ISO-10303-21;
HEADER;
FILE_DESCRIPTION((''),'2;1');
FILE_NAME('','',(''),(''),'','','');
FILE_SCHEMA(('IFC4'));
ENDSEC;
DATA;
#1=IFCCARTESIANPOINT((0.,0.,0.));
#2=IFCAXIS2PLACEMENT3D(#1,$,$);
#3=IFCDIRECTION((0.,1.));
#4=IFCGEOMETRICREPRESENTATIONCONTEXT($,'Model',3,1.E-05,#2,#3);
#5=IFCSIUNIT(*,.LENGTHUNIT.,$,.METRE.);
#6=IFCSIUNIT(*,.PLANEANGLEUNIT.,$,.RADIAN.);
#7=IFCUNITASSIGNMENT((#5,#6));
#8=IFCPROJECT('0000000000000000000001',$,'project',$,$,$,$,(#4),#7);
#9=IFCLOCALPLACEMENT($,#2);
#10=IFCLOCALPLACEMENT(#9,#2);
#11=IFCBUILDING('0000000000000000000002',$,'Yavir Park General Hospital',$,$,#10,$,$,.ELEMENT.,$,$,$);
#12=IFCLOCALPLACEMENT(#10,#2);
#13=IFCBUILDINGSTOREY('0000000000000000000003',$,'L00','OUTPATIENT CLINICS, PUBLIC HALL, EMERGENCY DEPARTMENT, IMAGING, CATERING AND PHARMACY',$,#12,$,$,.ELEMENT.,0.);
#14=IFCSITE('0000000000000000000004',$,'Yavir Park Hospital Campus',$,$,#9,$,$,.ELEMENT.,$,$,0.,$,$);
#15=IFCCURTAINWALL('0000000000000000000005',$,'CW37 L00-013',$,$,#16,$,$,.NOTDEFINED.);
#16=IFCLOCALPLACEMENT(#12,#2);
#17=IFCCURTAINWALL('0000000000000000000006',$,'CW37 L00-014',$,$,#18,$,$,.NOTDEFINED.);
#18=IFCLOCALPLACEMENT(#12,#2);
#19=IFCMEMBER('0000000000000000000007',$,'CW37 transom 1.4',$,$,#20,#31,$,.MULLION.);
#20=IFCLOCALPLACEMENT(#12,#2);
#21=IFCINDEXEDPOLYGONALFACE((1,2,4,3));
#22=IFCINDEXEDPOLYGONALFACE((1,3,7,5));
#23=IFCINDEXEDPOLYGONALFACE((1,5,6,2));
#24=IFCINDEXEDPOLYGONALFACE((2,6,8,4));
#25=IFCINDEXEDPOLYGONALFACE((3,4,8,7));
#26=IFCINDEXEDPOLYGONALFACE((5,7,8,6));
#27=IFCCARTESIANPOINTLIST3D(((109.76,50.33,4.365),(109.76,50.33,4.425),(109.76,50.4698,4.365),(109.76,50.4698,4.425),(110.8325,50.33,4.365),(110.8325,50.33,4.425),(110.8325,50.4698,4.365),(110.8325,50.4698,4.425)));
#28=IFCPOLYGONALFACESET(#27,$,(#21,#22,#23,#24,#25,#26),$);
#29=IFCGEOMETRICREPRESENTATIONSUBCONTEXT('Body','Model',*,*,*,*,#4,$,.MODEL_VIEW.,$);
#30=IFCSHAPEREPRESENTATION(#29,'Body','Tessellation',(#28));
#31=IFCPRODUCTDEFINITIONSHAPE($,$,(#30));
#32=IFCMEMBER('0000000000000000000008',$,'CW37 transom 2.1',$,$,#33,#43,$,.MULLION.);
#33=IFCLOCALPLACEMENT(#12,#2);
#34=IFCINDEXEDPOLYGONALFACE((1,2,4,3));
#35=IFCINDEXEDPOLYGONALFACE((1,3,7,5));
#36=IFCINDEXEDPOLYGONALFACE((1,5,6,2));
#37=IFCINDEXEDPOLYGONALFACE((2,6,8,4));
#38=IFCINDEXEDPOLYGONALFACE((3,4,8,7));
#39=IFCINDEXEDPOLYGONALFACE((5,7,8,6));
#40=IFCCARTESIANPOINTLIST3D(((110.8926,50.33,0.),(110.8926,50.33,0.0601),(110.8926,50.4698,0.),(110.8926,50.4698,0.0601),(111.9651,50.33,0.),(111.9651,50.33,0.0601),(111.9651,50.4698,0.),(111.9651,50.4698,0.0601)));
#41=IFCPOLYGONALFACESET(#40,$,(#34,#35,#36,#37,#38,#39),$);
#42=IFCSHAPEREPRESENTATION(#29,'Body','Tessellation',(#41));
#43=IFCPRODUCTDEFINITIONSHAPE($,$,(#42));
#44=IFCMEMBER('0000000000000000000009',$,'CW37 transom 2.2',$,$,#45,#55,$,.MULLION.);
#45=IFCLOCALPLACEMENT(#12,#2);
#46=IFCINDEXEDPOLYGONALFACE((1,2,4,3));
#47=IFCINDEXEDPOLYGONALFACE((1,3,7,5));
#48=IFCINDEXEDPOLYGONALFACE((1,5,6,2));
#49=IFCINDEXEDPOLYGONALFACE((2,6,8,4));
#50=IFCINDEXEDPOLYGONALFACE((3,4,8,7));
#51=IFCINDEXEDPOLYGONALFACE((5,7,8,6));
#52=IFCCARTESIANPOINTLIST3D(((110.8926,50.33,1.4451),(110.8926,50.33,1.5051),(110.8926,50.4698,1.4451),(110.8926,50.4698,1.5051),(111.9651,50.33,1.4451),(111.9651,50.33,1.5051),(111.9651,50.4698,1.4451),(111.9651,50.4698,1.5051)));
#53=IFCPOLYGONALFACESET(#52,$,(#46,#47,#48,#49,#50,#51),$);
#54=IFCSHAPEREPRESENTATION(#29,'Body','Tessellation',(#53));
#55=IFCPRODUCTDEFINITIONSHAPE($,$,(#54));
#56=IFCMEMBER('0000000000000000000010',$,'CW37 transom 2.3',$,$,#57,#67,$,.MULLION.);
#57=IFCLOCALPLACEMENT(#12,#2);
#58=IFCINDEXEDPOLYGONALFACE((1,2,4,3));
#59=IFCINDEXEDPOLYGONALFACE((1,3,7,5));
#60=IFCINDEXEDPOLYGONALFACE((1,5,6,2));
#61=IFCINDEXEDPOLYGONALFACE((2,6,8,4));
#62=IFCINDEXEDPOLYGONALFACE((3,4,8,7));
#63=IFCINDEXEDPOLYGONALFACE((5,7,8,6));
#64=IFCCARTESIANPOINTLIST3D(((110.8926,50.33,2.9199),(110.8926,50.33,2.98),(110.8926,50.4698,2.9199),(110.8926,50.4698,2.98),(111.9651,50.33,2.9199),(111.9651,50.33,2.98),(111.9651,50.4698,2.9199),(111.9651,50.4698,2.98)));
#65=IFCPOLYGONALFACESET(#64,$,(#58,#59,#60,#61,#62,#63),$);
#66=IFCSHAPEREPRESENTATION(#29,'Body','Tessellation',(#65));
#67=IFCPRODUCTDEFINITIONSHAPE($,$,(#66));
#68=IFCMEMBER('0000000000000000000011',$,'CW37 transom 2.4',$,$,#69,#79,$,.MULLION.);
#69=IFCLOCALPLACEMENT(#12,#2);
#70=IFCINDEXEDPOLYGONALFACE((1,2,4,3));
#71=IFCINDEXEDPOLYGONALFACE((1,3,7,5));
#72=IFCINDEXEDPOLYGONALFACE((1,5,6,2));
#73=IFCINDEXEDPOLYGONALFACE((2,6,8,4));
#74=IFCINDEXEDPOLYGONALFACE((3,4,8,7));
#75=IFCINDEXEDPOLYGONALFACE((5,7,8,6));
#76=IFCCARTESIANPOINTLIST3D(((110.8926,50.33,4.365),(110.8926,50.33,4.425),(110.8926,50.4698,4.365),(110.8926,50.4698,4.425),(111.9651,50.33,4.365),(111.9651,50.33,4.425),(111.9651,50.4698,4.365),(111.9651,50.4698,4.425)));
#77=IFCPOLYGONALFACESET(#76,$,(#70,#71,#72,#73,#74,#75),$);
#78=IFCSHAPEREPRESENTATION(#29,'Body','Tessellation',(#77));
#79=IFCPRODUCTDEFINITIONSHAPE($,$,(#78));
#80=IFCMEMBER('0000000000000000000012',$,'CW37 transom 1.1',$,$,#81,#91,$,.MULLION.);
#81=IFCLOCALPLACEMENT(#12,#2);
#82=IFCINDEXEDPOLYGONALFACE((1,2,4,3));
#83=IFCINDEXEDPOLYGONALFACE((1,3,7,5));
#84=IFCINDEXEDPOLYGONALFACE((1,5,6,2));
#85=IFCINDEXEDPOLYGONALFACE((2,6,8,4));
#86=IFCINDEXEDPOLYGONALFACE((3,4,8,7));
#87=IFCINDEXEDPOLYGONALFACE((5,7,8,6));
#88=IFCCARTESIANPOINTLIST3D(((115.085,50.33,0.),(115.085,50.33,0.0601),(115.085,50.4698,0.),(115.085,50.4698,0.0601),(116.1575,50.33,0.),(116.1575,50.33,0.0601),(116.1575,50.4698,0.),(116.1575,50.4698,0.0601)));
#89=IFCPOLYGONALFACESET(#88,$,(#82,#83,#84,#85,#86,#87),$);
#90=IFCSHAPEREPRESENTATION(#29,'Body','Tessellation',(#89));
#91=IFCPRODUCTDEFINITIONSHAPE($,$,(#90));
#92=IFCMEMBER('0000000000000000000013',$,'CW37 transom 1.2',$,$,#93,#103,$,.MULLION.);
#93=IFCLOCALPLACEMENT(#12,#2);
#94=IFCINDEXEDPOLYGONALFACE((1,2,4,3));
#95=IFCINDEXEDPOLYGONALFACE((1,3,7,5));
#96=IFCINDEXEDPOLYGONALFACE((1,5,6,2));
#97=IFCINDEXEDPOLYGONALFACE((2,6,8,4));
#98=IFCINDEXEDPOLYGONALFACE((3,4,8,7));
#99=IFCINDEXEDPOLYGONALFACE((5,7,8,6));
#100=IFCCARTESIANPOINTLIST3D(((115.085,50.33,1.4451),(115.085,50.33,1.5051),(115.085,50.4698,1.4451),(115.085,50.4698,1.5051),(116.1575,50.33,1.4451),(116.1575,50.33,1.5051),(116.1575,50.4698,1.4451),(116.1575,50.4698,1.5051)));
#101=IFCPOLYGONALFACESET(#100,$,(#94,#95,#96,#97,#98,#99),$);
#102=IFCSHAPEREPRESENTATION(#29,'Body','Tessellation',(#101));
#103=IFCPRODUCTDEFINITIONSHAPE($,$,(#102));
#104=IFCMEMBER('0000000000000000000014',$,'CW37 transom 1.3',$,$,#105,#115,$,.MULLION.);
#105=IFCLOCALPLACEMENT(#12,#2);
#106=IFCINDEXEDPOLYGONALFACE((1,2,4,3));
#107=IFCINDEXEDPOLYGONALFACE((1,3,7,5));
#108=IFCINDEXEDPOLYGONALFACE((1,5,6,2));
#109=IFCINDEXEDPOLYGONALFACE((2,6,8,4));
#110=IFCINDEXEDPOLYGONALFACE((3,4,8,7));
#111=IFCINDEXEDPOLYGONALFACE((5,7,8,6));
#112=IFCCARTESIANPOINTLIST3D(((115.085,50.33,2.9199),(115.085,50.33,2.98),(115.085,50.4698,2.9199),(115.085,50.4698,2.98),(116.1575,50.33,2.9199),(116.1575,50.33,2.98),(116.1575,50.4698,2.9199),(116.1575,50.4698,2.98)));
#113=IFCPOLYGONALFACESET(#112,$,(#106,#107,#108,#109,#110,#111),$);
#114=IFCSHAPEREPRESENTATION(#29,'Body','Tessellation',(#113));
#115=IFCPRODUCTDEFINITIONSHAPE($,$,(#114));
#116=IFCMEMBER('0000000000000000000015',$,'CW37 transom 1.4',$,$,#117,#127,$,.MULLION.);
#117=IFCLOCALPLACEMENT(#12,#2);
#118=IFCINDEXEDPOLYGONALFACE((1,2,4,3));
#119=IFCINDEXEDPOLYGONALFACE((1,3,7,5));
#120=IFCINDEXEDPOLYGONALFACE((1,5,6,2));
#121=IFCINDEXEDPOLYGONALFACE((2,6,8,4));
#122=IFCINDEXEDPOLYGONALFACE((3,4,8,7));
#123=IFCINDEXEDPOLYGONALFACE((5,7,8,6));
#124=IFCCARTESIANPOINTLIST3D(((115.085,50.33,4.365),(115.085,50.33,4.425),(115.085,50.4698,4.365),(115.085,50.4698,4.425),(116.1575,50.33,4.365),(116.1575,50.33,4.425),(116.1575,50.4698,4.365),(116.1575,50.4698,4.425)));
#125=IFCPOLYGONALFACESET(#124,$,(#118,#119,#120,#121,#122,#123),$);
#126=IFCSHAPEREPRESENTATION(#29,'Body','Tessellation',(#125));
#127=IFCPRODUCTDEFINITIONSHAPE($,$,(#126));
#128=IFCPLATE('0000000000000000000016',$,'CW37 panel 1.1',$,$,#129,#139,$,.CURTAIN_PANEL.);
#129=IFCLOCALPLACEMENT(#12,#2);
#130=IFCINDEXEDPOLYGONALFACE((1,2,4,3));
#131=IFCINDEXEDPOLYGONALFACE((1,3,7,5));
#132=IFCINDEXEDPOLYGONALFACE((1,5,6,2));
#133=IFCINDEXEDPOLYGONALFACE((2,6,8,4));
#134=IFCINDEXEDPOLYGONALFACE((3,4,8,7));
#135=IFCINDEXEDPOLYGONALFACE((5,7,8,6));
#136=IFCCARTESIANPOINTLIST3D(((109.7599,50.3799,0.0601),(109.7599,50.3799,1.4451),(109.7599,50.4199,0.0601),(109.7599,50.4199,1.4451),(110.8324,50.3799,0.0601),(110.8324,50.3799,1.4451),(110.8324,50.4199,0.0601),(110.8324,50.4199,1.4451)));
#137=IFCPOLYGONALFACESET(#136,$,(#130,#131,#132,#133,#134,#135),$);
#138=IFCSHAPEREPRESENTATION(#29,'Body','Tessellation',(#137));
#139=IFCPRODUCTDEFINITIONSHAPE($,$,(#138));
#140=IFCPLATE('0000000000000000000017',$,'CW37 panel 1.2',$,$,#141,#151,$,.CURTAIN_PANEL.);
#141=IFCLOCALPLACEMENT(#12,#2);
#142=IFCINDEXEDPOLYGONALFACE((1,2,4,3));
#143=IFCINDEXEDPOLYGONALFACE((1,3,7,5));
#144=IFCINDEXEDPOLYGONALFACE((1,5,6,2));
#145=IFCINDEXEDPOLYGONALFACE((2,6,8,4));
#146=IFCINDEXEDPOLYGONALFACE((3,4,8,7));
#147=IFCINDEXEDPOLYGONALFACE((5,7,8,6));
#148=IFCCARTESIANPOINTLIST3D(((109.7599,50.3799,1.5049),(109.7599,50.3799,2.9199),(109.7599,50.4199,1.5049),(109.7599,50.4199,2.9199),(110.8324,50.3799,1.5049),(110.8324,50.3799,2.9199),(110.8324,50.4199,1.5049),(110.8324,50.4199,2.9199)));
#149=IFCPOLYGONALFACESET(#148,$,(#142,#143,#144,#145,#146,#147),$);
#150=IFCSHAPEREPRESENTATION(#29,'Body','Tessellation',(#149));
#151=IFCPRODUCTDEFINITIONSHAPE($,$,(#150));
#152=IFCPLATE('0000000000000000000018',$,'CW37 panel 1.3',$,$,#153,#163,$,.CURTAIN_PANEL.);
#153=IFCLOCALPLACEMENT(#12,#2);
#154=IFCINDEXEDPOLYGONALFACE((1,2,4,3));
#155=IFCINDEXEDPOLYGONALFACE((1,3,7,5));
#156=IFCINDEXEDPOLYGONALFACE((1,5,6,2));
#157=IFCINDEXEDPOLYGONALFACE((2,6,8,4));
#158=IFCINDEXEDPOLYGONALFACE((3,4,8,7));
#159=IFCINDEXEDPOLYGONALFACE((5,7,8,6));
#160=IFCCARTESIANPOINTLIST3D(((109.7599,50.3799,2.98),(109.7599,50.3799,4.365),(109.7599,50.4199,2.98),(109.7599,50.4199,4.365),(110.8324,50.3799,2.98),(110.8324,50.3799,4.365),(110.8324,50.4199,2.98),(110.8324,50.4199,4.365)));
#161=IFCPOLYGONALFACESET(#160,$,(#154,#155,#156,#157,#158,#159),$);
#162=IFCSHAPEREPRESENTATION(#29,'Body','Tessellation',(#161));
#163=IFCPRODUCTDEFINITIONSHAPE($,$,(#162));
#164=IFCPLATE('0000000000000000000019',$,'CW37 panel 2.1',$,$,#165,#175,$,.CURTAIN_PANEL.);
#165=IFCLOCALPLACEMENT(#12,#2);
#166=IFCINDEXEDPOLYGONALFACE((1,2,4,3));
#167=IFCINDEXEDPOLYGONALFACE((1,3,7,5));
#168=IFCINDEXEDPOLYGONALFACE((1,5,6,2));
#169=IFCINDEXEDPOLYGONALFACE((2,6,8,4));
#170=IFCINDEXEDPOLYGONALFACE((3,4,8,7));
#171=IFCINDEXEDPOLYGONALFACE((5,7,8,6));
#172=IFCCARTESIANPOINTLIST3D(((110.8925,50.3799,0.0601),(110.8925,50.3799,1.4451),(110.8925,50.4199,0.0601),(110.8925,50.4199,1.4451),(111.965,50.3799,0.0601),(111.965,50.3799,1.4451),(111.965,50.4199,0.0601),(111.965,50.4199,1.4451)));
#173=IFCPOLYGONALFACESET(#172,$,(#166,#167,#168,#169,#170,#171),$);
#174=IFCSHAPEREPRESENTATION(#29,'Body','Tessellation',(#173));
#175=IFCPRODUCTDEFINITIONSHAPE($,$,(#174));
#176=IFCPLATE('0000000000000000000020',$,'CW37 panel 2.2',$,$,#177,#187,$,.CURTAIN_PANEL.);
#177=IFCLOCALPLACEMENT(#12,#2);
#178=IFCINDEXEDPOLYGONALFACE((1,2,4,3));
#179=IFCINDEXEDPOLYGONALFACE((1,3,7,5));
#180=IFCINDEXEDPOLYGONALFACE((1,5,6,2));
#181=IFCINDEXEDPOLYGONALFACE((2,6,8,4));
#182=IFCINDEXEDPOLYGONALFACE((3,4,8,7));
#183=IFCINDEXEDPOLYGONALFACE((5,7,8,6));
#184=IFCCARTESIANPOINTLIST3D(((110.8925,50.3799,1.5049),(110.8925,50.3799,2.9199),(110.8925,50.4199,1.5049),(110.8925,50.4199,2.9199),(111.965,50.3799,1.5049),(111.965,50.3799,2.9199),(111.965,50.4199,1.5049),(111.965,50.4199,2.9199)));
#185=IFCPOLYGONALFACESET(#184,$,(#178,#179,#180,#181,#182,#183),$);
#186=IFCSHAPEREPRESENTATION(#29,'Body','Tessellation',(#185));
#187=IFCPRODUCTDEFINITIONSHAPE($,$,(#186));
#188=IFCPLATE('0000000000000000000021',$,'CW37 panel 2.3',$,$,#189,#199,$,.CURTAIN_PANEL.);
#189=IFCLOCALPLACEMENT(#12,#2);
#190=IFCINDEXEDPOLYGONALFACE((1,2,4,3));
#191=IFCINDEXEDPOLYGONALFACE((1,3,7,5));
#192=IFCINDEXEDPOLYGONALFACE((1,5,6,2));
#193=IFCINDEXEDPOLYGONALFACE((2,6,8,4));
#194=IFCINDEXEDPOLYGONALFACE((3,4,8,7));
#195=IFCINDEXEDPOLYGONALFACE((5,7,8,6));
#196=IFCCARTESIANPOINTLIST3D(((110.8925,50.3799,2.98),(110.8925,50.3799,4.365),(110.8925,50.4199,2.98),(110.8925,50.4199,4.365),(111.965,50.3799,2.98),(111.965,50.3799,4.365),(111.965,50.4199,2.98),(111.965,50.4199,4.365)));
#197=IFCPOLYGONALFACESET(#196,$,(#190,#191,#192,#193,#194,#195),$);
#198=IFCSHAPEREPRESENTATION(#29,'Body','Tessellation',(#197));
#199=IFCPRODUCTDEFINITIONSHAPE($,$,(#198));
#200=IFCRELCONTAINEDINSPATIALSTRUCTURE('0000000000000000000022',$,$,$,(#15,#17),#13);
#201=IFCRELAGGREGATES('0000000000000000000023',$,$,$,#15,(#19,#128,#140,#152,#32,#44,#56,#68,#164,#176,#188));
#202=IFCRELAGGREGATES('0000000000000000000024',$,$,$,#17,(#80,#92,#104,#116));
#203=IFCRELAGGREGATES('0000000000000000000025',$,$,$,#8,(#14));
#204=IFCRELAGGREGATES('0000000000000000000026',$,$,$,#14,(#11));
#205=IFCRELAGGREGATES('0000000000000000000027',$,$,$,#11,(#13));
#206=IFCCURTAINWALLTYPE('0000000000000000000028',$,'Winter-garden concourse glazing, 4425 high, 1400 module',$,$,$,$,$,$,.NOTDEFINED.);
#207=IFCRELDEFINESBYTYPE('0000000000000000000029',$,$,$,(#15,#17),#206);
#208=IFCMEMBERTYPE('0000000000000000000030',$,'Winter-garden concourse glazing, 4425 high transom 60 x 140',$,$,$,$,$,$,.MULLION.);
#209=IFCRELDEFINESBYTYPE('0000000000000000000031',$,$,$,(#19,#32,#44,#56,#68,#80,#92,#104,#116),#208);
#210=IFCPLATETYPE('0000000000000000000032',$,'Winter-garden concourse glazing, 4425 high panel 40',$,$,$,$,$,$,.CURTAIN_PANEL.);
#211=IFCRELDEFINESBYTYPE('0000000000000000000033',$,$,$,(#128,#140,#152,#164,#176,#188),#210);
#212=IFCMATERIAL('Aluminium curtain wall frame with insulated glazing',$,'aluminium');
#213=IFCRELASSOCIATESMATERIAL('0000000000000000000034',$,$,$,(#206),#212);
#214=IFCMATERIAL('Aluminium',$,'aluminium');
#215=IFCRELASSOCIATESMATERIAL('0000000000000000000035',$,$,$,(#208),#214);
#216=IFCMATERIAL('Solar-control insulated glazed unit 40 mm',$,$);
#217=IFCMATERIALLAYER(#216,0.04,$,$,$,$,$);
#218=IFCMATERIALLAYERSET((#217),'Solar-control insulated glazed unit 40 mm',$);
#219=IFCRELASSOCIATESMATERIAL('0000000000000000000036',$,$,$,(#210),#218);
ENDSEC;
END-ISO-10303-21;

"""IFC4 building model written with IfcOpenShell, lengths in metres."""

from ifc_helpers import new_model, si_unit, direction, frame, origin, origin_2d, place, context, subcontext, project, spatial, rectangle, extrude, material, layer, layer_set, material_profile, profile_set, type_object, element, aggregate, save


model = new_model("IFC4")

# Units and contexts
model_context = context("Model", 3, precision=1e-05, world=origin(), true_north=direction((0.0, 1.0)))
body_context = subcontext(model_context, "Body", "Model", "MODEL_VIEW")
ifc_project = project(units=[si_unit("LENGTHUNIT", "METRE"), si_unit("PLANEANGLEUNIT", "RADIAN")], contexts=[model_context])

# Site, building, storey
site_placement = place(None, origin())
site = spatial("IfcSite", under=ifc_project, at=site_placement, Name="Yavir Park Hospital Campus", CompositionType="ELEMENT", RefElevation=0.0)
building_placement = place(site_placement, origin())
building = spatial("IfcBuilding", under=site, at=building_placement, Name="Yavir Park General Hospital", CompositionType="ELEMENT")
storey_placement = place(building_placement, origin())
storey = spatial("IfcBuildingStorey", under=building, at=storey_placement, Name="L00", Description="OUTPATIENT CLINICS, PUBLIC HALL, EMERGENCY DEPARTMENT, IMAGING, CATERING AND PHARMACY", CompositionType="ELEMENT", Elevation=0.0)

# Curtain wall
ifc_material_1 = material(Name="Aluminium curtain wall frame with insulated glazing", Category="aluminium")
curtain_wall_type = type_object("IfcCurtainWallType", Name="Winter-garden concourse glazing, 4425 high, 1400 module", PredefinedType="NOTDEFINED", material=ifc_material_1)
curtain_wall_1_placement = place(storey_placement, origin())
curtain_wall_1 = element("IfcCurtainWall", 1, at=curtain_wall_1_placement, inside=storey, type_object=curtain_wall_type, Name="CW37 L00-013", PredefinedType="NOTDEFINED")

# Curtain wall
curtain_wall_2_placement = place(storey_placement, origin())
curtain_wall_2 = element("IfcCurtainWall", 2, at=curtain_wall_2_placement, inside=storey, type_object=curtain_wall_type, Name="CW37 L00-014", PredefinedType="NOTDEFINED")

# Members
ifc_material_2 = material(Name="Aluminium", Category="aluminium")
ifc_material_profile_1 = material_profile(ifc_material_2, rectangle(XDim=0.1399, YDim=0.0601, at=origin_2d()), Name="AL 140x60")
ifc_profile_set_1 = profile_set([ifc_material_profile_1], Name="Aluminium")
member_type_1 = type_object("IfcMemberType", Name="Winter-garden concourse glazing, 4425 high transom 60 x 140", PredefinedType="MULLION", material=ifc_profile_set_1)
member_1_placement = place(storey_placement, frame((109.76, 50.3999, 4.395), z_axis=(1.0, 0.0, 0.0), x_axis=(0.0, 1.0, 0.0)))
member_1 = element("IfcMember", 3, at=member_1_placement, type_object=member_type_1, Name="CW37 transom 1.4", PredefinedType="MULLION", context=body_context, shape_type="SweptSolid", body=[
    extrude(rectangle(XDim=0.1399, YDim=0.0601, at=origin_2d()), origin(), (0.0, 0.0, 1.0), 1.0725),
])
member_2_placement = place(storey_placement, frame((110.8926, 50.3999, 0.03), z_axis=(1.0, 0.0, 0.0), x_axis=(0.0, 1.0, 0.0)))
member_2 = element("IfcMember", 4, at=member_2_placement, type_object=member_type_1, Name="CW37 transom 2.1", PredefinedType="MULLION", context=body_context, shape_type="SweptSolid", body=[
    extrude(rectangle(XDim=0.1399, YDim=0.0601, at=origin_2d()), origin(), (0.0, 0.0, 1.0), 1.0725),
])
member_3_placement = place(storey_placement, frame((110.8926, 50.3999, 1.4751), z_axis=(1.0, 0.0, 0.0), x_axis=(0.0, 1.0, 0.0)))
member_3 = element("IfcMember", 5, at=member_3_placement, type_object=member_type_1, Name="CW37 transom 2.2", PredefinedType="MULLION", context=body_context, shape_type="SweptSolid", body=[
    extrude(rectangle(XDim=0.1399, YDim=0.0601, at=origin_2d()), origin(), (0.0, 0.0, 1.0), 1.0725),
])
member_4_placement = place(storey_placement, frame((110.8926, 50.3999, 2.95), z_axis=(1.0, 0.0, 0.0), x_axis=(0.0, 1.0, 0.0)))
member_4 = element("IfcMember", 6, at=member_4_placement, type_object=member_type_1, Name="CW37 transom 2.3", PredefinedType="MULLION", context=body_context, shape_type="SweptSolid", body=[
    extrude(rectangle(XDim=0.1399, YDim=0.0601, at=origin_2d()), origin(), (0.0, 0.0, 1.0), 1.0725),
])
member_5_placement = place(storey_placement, frame((110.8926, 50.3999, 4.395), z_axis=(1.0, 0.0, 0.0), x_axis=(0.0, 1.0, 0.0)))
member_5 = element("IfcMember", 7, at=member_5_placement, type_object=member_type_1, Name="CW37 transom 2.4", PredefinedType="MULLION", context=body_context, shape_type="SweptSolid", body=[
    extrude(rectangle(XDim=0.1399, YDim=0.0601, at=origin_2d()), origin(), (0.0, 0.0, 1.0), 1.0725),
])
member_6_placement = place(storey_placement, frame((115.085, 50.3999, 0.03), z_axis=(1.0, 0.0, 0.0), x_axis=(0.0, 1.0, 0.0)))
member_6 = element("IfcMember", 8, at=member_6_placement, type_object=member_type_1, Name="CW37 transom 1.1", PredefinedType="MULLION", context=body_context, shape_type="SweptSolid", body=[
    extrude(rectangle(XDim=0.1399, YDim=0.0601, at=origin_2d()), origin(), (0.0, 0.0, 1.0), 1.0725),
])
member_7_placement = place(storey_placement, frame((115.085, 50.3999, 1.4751), z_axis=(1.0, 0.0, 0.0), x_axis=(0.0, 1.0, 0.0)))
member_7 = element("IfcMember", 9, at=member_7_placement, type_object=member_type_1, Name="CW37 transom 1.2", PredefinedType="MULLION", context=body_context, shape_type="SweptSolid", body=[
    extrude(rectangle(XDim=0.1399, YDim=0.0601, at=origin_2d()), origin(), (0.0, 0.0, 1.0), 1.0725),
])
member_8_placement = place(storey_placement, frame((115.085, 50.3999, 2.95), z_axis=(1.0, 0.0, 0.0), x_axis=(0.0, 1.0, 0.0)))
member_8 = element("IfcMember", 10, at=member_8_placement, type_object=member_type_1, Name="CW37 transom 1.3", PredefinedType="MULLION", context=body_context, shape_type="SweptSolid", body=[
    extrude(rectangle(XDim=0.1399, YDim=0.0601, at=origin_2d()), origin(), (0.0, 0.0, 1.0), 1.0725),
])
member_9_placement = place(storey_placement, frame((115.085, 50.3999, 4.395), z_axis=(1.0, 0.0, 0.0), x_axis=(0.0, 1.0, 0.0)))
member_9 = element("IfcMember", 11, at=member_9_placement, type_object=member_type_1, Name="CW37 transom 1.4", PredefinedType="MULLION", context=body_context, shape_type="SweptSolid", body=[
    extrude(rectangle(XDim=0.1399, YDim=0.0601, at=origin_2d()), origin(), (0.0, 0.0, 1.0), 1.0725),
])

# Plates
ifc_material_3 = material(Name="Solar-control insulated glazed unit 40 mm")
ifc_layer_1 = layer(ifc_material_3, 0.04)
ifc_layer_set_1 = layer_set([ifc_layer_1], Name="Solar-control insulated glazed unit 40 mm")
plate_type = type_object("IfcPlateType", Name="Winter-garden concourse glazing, 4425 high panel 40", PredefinedType="CURTAIN_PANEL", material=ifc_layer_set_1)
plate_1_placement = place(storey_placement, frame((110.2961, 50.3999, 0.0601), z_axis=(0.0, 0.0, 1.0), x_axis=(1.0, 0.0, 0.0)))
plate_1 = element("IfcPlate", 12, at=plate_1_placement, type_object=plate_type, Name="CW37 panel 1.1", PredefinedType="CURTAIN_PANEL", context=body_context, shape_type="SweptSolid", body=[
    extrude(rectangle(XDim=1.0725, YDim=0.04, at=origin_2d()), origin(), (0.0, 0.0, 1.0), 1.385),
])
plate_2_placement = place(storey_placement, frame((110.2961, 50.3999, 1.5049), z_axis=(0.0, 0.0, 1.0), x_axis=(1.0, 0.0, 0.0)))
plate_2 = element("IfcPlate", 13, at=plate_2_placement, type_object=plate_type, Name="CW37 panel 1.2", PredefinedType="CURTAIN_PANEL", context=body_context, shape_type="SweptSolid", body=[
    extrude(rectangle(XDim=1.0725, YDim=0.04, at=origin_2d()), origin(), (0.0, 0.0, 1.0), 1.415),
])
plate_3_placement = place(storey_placement, frame((110.2961, 50.3999, 2.98), z_axis=(0.0, 0.0, 1.0), x_axis=(1.0, 0.0, 0.0)))
plate_3 = element("IfcPlate", 14, at=plate_3_placement, type_object=plate_type, Name="CW37 panel 1.3", PredefinedType="CURTAIN_PANEL", context=body_context, shape_type="SweptSolid", body=[
    extrude(rectangle(XDim=1.0725, YDim=0.04, at=origin_2d()), origin(), (0.0, 0.0, 1.0), 1.385),
])
plate_4_placement = place(storey_placement, frame((111.4287, 50.3999, 0.0601), z_axis=(0.0, 0.0, 1.0), x_axis=(1.0, 0.0, 0.0)))
plate_4 = element("IfcPlate", 15, at=plate_4_placement, type_object=plate_type, Name="CW37 panel 2.1", PredefinedType="CURTAIN_PANEL", context=body_context, shape_type="SweptSolid", body=[
    extrude(rectangle(XDim=1.0725, YDim=0.04, at=origin_2d()), origin(), (0.0, 0.0, 1.0), 1.385),
])
plate_5_placement = place(storey_placement, frame((111.4287, 50.3999, 1.5049), z_axis=(0.0, 0.0, 1.0), x_axis=(1.0, 0.0, 0.0)))
plate_5 = element("IfcPlate", 16, at=plate_5_placement, type_object=plate_type, Name="CW37 panel 2.2", PredefinedType="CURTAIN_PANEL", context=body_context, shape_type="SweptSolid", body=[
    extrude(rectangle(XDim=1.0725, YDim=0.04, at=origin_2d()), origin(), (0.0, 0.0, 1.0), 1.415),
])
plate_6_placement = place(storey_placement, frame((111.4287, 50.3999, 2.98), z_axis=(0.0, 0.0, 1.0), x_axis=(1.0, 0.0, 0.0)))
plate_6 = element("IfcPlate", 17, at=plate_6_placement, type_object=plate_type, Name="CW37 panel 2.3", PredefinedType="CURTAIN_PANEL", context=body_context, shape_type="SweptSolid", body=[
    extrude(rectangle(XDim=1.0725, YDim=0.04, at=origin_2d()), origin(), (0.0, 0.0, 1.0), 1.385),
])
aggregate(curtain_wall_1, [member_1, plate_1, plate_2, plate_3, member_2, member_3, member_4, member_5, plate_4, plate_5, plate_6])
aggregate(curtain_wall_2, [member_6, member_7, member_8, member_9])

save(model, "model.ifc")
